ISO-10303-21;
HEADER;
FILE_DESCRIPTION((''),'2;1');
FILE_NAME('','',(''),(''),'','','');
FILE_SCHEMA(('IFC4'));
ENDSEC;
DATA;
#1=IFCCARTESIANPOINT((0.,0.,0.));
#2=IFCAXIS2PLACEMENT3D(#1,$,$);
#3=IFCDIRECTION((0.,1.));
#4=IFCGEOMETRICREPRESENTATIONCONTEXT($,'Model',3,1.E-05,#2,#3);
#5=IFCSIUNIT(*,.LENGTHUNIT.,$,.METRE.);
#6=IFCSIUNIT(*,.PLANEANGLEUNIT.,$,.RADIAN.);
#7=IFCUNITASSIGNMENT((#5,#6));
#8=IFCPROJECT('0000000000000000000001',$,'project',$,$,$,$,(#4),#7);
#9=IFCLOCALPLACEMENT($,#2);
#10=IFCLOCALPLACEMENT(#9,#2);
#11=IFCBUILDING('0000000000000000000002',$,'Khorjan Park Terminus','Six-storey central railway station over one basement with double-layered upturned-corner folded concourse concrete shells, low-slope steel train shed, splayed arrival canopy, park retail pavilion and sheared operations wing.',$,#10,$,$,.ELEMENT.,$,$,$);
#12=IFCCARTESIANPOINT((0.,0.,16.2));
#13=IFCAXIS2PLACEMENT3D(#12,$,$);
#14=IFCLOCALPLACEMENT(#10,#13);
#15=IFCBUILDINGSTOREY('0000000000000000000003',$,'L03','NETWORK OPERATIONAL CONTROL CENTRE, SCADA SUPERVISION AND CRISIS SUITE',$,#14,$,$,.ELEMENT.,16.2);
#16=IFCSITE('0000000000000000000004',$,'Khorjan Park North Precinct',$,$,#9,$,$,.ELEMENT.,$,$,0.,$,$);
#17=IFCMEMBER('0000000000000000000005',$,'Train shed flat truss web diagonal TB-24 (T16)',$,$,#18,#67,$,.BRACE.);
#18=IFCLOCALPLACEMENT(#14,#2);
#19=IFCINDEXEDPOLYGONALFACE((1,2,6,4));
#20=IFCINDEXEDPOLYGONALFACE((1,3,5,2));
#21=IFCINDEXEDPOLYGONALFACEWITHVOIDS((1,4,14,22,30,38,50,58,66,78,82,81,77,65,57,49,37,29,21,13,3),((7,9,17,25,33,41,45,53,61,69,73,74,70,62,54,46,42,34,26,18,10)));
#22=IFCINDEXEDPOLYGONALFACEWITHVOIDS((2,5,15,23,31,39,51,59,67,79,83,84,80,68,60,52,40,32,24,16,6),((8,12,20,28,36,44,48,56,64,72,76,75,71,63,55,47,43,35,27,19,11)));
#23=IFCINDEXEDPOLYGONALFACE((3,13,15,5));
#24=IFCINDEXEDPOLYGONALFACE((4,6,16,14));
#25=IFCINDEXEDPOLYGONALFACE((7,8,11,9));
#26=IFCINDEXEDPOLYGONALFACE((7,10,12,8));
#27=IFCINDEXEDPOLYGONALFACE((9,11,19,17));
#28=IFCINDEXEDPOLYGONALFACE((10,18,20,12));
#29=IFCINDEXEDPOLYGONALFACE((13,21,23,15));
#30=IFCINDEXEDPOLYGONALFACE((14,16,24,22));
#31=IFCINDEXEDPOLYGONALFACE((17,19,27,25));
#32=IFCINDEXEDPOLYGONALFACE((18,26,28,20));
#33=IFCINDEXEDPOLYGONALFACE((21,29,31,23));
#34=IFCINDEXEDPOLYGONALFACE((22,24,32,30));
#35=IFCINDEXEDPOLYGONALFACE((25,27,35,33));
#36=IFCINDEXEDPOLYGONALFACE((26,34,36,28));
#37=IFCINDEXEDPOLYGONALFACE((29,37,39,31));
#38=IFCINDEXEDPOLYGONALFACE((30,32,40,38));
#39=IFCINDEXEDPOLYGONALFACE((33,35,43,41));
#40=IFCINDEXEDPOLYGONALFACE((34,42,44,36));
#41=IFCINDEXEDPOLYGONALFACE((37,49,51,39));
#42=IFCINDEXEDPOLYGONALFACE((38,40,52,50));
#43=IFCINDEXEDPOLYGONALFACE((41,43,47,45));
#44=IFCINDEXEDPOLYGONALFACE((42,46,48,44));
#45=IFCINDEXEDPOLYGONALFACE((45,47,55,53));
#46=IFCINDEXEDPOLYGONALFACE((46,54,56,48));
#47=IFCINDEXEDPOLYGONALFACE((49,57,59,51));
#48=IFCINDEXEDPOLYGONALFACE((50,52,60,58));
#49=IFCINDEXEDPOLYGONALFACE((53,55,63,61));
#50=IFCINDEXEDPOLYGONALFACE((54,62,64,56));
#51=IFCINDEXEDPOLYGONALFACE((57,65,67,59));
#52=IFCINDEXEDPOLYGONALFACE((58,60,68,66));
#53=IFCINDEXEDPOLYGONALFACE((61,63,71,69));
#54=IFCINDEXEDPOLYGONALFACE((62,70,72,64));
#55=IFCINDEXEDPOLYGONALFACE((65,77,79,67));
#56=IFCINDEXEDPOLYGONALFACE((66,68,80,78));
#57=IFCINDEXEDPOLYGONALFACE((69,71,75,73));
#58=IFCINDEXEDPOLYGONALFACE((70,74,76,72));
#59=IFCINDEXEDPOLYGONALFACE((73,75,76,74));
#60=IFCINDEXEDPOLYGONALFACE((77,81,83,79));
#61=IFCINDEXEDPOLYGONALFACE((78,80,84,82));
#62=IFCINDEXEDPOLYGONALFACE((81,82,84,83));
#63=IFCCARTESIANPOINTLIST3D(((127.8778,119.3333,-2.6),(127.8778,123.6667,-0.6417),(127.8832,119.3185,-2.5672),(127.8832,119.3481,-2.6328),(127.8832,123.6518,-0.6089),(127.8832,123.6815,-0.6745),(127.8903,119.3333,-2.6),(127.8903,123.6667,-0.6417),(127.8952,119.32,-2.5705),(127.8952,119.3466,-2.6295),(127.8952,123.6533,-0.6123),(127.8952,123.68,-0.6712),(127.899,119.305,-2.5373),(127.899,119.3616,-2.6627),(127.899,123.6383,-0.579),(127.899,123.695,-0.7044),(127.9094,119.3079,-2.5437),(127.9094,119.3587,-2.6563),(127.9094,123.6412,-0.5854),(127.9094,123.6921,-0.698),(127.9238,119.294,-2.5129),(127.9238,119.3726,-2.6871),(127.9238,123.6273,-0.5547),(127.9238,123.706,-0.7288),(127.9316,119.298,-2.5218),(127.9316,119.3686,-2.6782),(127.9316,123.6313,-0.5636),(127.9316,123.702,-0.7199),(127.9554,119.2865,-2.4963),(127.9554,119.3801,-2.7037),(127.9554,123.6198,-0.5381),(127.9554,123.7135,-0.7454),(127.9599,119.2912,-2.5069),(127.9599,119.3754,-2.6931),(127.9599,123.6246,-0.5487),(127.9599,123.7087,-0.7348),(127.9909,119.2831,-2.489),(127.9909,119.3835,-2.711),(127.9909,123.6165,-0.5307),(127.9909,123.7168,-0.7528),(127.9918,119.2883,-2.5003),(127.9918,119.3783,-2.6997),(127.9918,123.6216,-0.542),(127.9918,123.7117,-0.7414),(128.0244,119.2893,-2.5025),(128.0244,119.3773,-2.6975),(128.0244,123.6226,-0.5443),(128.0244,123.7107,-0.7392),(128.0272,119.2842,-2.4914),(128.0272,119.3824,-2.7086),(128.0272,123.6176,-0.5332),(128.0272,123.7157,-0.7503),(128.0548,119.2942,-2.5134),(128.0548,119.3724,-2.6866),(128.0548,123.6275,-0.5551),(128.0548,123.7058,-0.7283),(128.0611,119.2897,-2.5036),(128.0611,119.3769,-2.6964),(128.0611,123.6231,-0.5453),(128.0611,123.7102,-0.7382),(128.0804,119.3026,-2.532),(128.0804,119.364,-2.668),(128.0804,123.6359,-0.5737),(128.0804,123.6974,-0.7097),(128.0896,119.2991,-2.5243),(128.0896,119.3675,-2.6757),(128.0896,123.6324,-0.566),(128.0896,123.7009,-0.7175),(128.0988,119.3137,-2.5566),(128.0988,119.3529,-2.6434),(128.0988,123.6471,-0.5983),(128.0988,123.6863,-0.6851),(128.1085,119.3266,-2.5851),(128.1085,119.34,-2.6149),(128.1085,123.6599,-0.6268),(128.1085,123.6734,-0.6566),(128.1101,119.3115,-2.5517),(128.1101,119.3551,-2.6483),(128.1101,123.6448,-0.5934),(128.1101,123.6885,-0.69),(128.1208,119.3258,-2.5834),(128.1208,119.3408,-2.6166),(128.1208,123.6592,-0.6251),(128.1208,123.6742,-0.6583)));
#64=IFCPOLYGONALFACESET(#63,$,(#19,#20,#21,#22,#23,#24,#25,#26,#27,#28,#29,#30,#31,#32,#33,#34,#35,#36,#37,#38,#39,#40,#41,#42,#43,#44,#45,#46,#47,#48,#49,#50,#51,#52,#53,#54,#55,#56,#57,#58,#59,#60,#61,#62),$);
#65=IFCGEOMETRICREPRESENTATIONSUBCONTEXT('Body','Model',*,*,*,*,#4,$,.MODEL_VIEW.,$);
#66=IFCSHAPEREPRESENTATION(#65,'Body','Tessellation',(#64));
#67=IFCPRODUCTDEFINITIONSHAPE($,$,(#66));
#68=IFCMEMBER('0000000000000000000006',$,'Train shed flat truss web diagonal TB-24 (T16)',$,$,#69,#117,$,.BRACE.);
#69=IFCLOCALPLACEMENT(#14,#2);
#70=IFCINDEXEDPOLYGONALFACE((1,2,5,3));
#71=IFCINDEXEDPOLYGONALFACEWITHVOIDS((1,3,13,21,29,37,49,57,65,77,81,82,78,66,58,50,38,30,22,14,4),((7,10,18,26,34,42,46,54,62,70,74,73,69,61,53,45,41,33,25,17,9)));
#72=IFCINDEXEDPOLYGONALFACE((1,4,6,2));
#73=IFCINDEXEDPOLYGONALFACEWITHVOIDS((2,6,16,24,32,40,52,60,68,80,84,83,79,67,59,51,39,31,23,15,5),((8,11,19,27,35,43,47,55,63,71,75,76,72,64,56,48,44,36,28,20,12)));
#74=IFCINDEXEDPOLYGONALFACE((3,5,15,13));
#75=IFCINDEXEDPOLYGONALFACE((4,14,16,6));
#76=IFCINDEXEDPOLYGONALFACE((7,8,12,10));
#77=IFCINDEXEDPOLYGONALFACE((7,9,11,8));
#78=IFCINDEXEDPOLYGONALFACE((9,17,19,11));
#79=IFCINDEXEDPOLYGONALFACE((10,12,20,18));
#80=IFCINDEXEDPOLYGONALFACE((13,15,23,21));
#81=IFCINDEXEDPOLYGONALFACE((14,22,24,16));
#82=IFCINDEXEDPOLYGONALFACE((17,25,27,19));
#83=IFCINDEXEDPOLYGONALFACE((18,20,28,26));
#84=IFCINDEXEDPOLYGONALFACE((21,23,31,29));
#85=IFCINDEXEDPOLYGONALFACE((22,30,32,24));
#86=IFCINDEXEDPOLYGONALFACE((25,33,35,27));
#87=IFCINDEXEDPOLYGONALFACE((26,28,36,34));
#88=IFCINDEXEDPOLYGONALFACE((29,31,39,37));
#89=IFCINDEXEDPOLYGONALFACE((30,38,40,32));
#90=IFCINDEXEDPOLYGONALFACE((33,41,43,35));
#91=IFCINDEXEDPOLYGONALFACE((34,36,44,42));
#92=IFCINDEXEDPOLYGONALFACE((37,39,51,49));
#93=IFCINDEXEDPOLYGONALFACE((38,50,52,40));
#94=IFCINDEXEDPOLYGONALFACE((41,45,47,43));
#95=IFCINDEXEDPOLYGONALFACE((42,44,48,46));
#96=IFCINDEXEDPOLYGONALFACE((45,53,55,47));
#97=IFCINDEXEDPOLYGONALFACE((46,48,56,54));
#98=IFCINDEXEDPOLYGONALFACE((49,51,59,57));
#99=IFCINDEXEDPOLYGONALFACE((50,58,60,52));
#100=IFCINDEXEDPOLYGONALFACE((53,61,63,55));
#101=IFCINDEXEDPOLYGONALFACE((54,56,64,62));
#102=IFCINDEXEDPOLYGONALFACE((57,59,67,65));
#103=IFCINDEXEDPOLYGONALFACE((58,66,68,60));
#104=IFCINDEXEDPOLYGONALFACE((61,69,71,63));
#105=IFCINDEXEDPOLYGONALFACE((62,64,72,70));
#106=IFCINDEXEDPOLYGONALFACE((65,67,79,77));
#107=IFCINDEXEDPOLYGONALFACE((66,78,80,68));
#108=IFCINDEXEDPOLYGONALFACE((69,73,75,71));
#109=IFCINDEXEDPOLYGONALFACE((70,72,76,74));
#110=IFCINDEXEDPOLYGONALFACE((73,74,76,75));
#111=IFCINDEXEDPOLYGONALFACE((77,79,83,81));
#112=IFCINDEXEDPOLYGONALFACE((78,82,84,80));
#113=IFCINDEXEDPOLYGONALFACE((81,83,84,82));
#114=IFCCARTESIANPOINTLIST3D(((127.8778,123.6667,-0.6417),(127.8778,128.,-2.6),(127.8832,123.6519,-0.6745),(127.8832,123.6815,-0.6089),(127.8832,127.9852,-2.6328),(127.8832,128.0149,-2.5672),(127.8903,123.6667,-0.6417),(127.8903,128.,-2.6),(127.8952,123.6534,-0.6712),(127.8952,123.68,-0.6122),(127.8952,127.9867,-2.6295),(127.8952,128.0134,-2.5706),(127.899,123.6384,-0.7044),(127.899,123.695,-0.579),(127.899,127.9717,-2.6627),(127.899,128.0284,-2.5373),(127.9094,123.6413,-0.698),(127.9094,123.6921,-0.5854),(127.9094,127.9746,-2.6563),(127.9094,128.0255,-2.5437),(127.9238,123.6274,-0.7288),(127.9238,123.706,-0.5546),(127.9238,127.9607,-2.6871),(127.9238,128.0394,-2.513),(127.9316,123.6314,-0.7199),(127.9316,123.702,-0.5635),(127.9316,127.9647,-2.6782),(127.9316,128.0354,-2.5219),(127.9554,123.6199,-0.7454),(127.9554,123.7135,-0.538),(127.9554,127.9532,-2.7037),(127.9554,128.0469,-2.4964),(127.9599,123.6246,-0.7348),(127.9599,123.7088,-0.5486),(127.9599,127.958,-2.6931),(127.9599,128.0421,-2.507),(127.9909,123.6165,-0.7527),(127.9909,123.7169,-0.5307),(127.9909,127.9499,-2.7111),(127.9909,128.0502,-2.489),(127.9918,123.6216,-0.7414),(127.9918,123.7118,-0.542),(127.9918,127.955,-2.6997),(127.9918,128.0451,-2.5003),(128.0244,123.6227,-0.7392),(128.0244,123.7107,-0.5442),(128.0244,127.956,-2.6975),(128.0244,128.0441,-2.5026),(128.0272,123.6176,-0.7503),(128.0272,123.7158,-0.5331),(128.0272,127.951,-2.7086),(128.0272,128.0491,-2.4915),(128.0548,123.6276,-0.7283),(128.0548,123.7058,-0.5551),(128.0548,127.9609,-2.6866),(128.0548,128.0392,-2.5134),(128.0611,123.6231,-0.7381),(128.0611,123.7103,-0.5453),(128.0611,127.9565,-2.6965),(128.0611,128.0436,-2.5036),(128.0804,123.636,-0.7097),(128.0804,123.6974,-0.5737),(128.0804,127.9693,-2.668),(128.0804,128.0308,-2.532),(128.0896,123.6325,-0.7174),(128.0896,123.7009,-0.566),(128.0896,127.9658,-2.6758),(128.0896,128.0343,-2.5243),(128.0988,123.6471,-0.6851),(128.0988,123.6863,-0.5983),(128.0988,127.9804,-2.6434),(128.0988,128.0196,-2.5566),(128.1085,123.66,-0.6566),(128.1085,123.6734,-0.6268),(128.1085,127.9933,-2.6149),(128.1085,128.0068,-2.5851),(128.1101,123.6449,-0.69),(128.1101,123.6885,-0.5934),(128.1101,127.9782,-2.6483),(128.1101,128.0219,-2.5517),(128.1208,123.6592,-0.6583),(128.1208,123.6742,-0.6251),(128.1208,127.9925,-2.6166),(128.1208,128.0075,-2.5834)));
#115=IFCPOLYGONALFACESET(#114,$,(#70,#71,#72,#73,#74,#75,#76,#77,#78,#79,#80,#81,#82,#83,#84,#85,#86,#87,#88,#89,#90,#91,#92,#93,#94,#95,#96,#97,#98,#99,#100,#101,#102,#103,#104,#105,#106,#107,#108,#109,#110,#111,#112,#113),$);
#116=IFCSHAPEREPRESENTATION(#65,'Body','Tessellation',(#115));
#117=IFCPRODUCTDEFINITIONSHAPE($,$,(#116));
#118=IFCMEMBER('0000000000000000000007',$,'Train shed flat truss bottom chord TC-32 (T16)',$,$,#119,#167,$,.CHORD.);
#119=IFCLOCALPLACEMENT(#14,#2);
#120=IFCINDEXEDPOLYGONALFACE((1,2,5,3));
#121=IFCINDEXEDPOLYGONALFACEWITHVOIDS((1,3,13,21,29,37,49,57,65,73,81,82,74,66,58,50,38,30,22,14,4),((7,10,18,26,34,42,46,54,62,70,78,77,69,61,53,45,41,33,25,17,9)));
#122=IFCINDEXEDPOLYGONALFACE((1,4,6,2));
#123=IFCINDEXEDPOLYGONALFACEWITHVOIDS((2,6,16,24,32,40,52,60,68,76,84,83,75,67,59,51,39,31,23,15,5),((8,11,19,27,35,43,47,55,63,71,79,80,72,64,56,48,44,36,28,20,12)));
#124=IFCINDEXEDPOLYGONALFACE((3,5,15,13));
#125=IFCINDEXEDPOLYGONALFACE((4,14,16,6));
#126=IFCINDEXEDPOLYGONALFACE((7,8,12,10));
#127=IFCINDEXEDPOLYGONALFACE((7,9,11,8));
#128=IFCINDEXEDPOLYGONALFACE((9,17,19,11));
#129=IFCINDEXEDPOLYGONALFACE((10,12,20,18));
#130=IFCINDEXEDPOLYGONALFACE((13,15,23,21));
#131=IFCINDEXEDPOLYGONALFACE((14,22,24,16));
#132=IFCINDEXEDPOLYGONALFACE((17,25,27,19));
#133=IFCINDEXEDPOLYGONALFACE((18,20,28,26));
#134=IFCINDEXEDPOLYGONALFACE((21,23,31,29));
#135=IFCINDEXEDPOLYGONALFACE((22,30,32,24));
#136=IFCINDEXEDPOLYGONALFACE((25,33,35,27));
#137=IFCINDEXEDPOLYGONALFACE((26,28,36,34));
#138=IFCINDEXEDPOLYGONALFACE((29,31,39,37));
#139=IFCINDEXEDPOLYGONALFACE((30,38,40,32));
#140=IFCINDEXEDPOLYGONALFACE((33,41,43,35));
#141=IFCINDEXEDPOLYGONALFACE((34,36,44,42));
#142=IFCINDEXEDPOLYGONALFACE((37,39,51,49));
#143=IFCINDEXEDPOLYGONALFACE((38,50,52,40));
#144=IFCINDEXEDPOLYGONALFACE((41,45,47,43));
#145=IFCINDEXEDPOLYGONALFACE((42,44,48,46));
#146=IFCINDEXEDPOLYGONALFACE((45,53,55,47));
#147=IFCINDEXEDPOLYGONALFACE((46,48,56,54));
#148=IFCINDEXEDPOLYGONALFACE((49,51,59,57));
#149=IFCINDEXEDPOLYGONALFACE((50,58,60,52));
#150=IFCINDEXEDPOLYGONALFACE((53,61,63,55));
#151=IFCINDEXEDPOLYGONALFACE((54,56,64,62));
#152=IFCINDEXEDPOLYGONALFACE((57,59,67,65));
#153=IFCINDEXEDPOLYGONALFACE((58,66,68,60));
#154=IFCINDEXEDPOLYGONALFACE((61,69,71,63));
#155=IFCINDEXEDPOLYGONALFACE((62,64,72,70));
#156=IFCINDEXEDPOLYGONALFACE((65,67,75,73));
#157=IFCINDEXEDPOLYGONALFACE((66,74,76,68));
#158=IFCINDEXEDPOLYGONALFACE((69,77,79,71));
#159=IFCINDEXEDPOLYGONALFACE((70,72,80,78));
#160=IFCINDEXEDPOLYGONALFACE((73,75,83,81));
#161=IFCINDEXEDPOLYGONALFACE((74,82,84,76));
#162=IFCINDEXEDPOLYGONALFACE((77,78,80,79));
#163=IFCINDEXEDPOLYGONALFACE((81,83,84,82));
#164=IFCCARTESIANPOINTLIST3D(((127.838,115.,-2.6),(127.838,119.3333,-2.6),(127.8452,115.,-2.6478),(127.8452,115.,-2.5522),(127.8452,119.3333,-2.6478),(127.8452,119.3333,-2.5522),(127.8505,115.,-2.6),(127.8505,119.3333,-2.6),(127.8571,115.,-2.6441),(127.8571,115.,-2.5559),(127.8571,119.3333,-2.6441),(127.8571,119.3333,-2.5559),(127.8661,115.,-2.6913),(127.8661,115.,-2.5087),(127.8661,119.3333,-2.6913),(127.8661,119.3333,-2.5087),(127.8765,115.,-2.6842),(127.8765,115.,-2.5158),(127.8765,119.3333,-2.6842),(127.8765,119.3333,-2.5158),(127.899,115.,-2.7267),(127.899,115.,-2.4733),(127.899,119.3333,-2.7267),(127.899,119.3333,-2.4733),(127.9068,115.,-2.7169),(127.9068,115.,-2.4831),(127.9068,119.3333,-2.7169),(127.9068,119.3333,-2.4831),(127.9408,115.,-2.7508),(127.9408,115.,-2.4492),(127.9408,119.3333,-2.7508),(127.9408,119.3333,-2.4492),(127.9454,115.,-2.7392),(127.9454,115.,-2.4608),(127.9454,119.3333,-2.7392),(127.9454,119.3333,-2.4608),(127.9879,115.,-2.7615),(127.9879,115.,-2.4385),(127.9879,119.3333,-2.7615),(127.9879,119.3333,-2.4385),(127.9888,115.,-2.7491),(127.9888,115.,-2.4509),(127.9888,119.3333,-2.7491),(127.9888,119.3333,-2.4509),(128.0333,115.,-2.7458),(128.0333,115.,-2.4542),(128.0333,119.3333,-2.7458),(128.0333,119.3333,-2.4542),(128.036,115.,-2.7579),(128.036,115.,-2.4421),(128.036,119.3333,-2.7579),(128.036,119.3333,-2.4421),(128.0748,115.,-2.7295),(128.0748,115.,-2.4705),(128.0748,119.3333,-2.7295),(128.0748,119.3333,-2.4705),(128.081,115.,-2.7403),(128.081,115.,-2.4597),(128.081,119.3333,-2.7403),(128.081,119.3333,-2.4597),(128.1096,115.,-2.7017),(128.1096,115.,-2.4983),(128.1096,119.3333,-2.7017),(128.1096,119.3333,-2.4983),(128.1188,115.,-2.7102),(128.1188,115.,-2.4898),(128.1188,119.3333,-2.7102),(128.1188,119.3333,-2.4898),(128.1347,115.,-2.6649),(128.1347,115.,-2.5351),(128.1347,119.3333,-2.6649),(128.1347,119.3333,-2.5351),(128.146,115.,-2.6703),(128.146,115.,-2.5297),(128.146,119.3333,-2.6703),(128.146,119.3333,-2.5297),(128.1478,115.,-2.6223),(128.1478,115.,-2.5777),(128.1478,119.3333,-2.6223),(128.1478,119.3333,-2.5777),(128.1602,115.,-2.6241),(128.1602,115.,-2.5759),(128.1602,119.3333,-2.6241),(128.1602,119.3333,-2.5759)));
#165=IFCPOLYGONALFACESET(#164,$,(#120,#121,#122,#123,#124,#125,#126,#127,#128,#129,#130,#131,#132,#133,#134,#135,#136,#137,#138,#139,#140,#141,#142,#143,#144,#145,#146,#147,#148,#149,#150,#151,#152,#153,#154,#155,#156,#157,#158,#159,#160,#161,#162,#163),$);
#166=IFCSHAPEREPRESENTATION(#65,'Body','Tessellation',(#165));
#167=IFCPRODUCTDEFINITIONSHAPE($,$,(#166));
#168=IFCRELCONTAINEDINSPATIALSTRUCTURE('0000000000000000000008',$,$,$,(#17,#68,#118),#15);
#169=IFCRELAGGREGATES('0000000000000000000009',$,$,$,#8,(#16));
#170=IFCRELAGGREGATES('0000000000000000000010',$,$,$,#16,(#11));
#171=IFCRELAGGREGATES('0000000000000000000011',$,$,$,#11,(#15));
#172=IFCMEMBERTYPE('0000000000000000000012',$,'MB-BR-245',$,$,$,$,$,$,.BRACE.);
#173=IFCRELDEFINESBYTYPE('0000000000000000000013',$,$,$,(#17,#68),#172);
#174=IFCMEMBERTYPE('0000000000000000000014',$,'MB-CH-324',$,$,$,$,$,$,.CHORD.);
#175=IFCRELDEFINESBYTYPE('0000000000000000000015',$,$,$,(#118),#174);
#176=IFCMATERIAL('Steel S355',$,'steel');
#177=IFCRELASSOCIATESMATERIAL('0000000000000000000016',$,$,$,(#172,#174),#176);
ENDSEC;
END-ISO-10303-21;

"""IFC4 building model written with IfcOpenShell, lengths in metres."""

from ifc_helpers import new_model, si_unit, direction, frame, origin, origin_2d, place, context, subcontext, project, spatial, hollow_circle, extrude, material, material_profile, profile_set, type_object, element, save


model = new_model("IFC4")

# Units and contexts
model_context = context("Model", 3, precision=1e-05, world=origin(), true_north=direction((0.0, 1.0)))
body_context = subcontext(model_context, "Body", "Model", "MODEL_VIEW")
ifc_project = project(units=[si_unit("LENGTHUNIT", "METRE"), si_unit("PLANEANGLEUNIT", "RADIAN")], contexts=[model_context])

# Site, building, storey
site_placement = place(None, origin())
site = spatial("IfcSite", under=ifc_project, at=site_placement, Name="Khorjan Park North Precinct", CompositionType="ELEMENT", RefElevation=0.0)
building_placement = place(site_placement, origin())
building = spatial("IfcBuilding", under=site, at=building_placement, Name="Khorjan Park Terminus", Description="Six-storey central railway station over one basement with double-layered upturned-corner folded concourse concrete shells, low-slope steel train shed, splayed arrival canopy, park retail pavilion and sheared operations wing.", CompositionType="ELEMENT")
storey_placement = place(building_placement, frame((0.0, 0.0, 16.2)))
storey = spatial("IfcBuildingStorey", under=building, at=storey_placement, Name="L03", Description="NETWORK OPERATIONAL CONTROL CENTRE, SCADA SUPERVISION AND CRISIS SUITE", CompositionType="ELEMENT", Elevation=16.2)

# Members
ifc_material = material(Name="Steel S355", Category="steel")
ifc_material_profile_1 = material_profile(ifc_material, hollow_circle(Radius=0.1222, WallThickness=0.0125, at=origin_2d()), Name="CHS 244.5x12.5")
ifc_profile_set_1 = profile_set([ifc_material_profile_1], Name="Steel S355")
member_type_1 = type_object("IfcMemberType", Name="MB-BR-245", PredefinedType="BRACE", material=ifc_profile_set_1)
for number, where, z_axis, x_axis, name in (
    (1, (128.0, 119.3333, -2.6), (0.0, 0.91127, 0.41181), (-1.0, 0.0, 0.0), "Train shed flat truss web diagonal TB-24 (T16)"),
    (2, (128.0, 123.6667, -0.6417), (0.0, 0.911266, -0.411818), (-1.0, 0.0, 0.0), "Train shed flat truss web diagonal TB-24 (T16)"),
):
    element("IfcMember", number, at=place(storey_placement, frame(where, z_axis=z_axis, x_axis=x_axis)), inside=storey, type_object=member_type_1, Name=name, PredefinedType="BRACE", context=body_context, shape_type="SweptSolid", body=[
        extrude(hollow_circle(Radius=0.1222, WallThickness=0.0125, at=origin_2d()), origin(), (0.0, 0.0, 1.0), 4.7553),
    ])
ifc_material_profile_2 = material_profile(ifc_material, hollow_circle(Radius=0.162, WallThickness=0.0125, at=origin_2d()), Name="CHS 323.9x12.5")
ifc_profile_set_2 = profile_set([ifc_material_profile_2], Name="Steel S355")
member_type_2 = type_object("IfcMemberType", Name="MB-CH-324", PredefinedType="CHORD", material=ifc_profile_set_2)
member_1_placement = place(storey_placement, frame((128.0, 115.0, -2.6), z_axis=(0.0, 1.0, 0.0), x_axis=(-1.0, 0.0, 0.0)))
element("IfcMember", 3, at=member_1_placement, inside=storey, type_object=member_type_2, Name="Train shed flat truss bottom chord TC-32 (T16)", PredefinedType="CHORD", context=body_context, shape_type="SweptSolid", body=[
    extrude(hollow_circle(Radius=0.162, WallThickness=0.0125, at=origin_2d()), origin(), (0.0, 0.0, 1.0), 4.3333),
])

save(model, "model.ifc")
